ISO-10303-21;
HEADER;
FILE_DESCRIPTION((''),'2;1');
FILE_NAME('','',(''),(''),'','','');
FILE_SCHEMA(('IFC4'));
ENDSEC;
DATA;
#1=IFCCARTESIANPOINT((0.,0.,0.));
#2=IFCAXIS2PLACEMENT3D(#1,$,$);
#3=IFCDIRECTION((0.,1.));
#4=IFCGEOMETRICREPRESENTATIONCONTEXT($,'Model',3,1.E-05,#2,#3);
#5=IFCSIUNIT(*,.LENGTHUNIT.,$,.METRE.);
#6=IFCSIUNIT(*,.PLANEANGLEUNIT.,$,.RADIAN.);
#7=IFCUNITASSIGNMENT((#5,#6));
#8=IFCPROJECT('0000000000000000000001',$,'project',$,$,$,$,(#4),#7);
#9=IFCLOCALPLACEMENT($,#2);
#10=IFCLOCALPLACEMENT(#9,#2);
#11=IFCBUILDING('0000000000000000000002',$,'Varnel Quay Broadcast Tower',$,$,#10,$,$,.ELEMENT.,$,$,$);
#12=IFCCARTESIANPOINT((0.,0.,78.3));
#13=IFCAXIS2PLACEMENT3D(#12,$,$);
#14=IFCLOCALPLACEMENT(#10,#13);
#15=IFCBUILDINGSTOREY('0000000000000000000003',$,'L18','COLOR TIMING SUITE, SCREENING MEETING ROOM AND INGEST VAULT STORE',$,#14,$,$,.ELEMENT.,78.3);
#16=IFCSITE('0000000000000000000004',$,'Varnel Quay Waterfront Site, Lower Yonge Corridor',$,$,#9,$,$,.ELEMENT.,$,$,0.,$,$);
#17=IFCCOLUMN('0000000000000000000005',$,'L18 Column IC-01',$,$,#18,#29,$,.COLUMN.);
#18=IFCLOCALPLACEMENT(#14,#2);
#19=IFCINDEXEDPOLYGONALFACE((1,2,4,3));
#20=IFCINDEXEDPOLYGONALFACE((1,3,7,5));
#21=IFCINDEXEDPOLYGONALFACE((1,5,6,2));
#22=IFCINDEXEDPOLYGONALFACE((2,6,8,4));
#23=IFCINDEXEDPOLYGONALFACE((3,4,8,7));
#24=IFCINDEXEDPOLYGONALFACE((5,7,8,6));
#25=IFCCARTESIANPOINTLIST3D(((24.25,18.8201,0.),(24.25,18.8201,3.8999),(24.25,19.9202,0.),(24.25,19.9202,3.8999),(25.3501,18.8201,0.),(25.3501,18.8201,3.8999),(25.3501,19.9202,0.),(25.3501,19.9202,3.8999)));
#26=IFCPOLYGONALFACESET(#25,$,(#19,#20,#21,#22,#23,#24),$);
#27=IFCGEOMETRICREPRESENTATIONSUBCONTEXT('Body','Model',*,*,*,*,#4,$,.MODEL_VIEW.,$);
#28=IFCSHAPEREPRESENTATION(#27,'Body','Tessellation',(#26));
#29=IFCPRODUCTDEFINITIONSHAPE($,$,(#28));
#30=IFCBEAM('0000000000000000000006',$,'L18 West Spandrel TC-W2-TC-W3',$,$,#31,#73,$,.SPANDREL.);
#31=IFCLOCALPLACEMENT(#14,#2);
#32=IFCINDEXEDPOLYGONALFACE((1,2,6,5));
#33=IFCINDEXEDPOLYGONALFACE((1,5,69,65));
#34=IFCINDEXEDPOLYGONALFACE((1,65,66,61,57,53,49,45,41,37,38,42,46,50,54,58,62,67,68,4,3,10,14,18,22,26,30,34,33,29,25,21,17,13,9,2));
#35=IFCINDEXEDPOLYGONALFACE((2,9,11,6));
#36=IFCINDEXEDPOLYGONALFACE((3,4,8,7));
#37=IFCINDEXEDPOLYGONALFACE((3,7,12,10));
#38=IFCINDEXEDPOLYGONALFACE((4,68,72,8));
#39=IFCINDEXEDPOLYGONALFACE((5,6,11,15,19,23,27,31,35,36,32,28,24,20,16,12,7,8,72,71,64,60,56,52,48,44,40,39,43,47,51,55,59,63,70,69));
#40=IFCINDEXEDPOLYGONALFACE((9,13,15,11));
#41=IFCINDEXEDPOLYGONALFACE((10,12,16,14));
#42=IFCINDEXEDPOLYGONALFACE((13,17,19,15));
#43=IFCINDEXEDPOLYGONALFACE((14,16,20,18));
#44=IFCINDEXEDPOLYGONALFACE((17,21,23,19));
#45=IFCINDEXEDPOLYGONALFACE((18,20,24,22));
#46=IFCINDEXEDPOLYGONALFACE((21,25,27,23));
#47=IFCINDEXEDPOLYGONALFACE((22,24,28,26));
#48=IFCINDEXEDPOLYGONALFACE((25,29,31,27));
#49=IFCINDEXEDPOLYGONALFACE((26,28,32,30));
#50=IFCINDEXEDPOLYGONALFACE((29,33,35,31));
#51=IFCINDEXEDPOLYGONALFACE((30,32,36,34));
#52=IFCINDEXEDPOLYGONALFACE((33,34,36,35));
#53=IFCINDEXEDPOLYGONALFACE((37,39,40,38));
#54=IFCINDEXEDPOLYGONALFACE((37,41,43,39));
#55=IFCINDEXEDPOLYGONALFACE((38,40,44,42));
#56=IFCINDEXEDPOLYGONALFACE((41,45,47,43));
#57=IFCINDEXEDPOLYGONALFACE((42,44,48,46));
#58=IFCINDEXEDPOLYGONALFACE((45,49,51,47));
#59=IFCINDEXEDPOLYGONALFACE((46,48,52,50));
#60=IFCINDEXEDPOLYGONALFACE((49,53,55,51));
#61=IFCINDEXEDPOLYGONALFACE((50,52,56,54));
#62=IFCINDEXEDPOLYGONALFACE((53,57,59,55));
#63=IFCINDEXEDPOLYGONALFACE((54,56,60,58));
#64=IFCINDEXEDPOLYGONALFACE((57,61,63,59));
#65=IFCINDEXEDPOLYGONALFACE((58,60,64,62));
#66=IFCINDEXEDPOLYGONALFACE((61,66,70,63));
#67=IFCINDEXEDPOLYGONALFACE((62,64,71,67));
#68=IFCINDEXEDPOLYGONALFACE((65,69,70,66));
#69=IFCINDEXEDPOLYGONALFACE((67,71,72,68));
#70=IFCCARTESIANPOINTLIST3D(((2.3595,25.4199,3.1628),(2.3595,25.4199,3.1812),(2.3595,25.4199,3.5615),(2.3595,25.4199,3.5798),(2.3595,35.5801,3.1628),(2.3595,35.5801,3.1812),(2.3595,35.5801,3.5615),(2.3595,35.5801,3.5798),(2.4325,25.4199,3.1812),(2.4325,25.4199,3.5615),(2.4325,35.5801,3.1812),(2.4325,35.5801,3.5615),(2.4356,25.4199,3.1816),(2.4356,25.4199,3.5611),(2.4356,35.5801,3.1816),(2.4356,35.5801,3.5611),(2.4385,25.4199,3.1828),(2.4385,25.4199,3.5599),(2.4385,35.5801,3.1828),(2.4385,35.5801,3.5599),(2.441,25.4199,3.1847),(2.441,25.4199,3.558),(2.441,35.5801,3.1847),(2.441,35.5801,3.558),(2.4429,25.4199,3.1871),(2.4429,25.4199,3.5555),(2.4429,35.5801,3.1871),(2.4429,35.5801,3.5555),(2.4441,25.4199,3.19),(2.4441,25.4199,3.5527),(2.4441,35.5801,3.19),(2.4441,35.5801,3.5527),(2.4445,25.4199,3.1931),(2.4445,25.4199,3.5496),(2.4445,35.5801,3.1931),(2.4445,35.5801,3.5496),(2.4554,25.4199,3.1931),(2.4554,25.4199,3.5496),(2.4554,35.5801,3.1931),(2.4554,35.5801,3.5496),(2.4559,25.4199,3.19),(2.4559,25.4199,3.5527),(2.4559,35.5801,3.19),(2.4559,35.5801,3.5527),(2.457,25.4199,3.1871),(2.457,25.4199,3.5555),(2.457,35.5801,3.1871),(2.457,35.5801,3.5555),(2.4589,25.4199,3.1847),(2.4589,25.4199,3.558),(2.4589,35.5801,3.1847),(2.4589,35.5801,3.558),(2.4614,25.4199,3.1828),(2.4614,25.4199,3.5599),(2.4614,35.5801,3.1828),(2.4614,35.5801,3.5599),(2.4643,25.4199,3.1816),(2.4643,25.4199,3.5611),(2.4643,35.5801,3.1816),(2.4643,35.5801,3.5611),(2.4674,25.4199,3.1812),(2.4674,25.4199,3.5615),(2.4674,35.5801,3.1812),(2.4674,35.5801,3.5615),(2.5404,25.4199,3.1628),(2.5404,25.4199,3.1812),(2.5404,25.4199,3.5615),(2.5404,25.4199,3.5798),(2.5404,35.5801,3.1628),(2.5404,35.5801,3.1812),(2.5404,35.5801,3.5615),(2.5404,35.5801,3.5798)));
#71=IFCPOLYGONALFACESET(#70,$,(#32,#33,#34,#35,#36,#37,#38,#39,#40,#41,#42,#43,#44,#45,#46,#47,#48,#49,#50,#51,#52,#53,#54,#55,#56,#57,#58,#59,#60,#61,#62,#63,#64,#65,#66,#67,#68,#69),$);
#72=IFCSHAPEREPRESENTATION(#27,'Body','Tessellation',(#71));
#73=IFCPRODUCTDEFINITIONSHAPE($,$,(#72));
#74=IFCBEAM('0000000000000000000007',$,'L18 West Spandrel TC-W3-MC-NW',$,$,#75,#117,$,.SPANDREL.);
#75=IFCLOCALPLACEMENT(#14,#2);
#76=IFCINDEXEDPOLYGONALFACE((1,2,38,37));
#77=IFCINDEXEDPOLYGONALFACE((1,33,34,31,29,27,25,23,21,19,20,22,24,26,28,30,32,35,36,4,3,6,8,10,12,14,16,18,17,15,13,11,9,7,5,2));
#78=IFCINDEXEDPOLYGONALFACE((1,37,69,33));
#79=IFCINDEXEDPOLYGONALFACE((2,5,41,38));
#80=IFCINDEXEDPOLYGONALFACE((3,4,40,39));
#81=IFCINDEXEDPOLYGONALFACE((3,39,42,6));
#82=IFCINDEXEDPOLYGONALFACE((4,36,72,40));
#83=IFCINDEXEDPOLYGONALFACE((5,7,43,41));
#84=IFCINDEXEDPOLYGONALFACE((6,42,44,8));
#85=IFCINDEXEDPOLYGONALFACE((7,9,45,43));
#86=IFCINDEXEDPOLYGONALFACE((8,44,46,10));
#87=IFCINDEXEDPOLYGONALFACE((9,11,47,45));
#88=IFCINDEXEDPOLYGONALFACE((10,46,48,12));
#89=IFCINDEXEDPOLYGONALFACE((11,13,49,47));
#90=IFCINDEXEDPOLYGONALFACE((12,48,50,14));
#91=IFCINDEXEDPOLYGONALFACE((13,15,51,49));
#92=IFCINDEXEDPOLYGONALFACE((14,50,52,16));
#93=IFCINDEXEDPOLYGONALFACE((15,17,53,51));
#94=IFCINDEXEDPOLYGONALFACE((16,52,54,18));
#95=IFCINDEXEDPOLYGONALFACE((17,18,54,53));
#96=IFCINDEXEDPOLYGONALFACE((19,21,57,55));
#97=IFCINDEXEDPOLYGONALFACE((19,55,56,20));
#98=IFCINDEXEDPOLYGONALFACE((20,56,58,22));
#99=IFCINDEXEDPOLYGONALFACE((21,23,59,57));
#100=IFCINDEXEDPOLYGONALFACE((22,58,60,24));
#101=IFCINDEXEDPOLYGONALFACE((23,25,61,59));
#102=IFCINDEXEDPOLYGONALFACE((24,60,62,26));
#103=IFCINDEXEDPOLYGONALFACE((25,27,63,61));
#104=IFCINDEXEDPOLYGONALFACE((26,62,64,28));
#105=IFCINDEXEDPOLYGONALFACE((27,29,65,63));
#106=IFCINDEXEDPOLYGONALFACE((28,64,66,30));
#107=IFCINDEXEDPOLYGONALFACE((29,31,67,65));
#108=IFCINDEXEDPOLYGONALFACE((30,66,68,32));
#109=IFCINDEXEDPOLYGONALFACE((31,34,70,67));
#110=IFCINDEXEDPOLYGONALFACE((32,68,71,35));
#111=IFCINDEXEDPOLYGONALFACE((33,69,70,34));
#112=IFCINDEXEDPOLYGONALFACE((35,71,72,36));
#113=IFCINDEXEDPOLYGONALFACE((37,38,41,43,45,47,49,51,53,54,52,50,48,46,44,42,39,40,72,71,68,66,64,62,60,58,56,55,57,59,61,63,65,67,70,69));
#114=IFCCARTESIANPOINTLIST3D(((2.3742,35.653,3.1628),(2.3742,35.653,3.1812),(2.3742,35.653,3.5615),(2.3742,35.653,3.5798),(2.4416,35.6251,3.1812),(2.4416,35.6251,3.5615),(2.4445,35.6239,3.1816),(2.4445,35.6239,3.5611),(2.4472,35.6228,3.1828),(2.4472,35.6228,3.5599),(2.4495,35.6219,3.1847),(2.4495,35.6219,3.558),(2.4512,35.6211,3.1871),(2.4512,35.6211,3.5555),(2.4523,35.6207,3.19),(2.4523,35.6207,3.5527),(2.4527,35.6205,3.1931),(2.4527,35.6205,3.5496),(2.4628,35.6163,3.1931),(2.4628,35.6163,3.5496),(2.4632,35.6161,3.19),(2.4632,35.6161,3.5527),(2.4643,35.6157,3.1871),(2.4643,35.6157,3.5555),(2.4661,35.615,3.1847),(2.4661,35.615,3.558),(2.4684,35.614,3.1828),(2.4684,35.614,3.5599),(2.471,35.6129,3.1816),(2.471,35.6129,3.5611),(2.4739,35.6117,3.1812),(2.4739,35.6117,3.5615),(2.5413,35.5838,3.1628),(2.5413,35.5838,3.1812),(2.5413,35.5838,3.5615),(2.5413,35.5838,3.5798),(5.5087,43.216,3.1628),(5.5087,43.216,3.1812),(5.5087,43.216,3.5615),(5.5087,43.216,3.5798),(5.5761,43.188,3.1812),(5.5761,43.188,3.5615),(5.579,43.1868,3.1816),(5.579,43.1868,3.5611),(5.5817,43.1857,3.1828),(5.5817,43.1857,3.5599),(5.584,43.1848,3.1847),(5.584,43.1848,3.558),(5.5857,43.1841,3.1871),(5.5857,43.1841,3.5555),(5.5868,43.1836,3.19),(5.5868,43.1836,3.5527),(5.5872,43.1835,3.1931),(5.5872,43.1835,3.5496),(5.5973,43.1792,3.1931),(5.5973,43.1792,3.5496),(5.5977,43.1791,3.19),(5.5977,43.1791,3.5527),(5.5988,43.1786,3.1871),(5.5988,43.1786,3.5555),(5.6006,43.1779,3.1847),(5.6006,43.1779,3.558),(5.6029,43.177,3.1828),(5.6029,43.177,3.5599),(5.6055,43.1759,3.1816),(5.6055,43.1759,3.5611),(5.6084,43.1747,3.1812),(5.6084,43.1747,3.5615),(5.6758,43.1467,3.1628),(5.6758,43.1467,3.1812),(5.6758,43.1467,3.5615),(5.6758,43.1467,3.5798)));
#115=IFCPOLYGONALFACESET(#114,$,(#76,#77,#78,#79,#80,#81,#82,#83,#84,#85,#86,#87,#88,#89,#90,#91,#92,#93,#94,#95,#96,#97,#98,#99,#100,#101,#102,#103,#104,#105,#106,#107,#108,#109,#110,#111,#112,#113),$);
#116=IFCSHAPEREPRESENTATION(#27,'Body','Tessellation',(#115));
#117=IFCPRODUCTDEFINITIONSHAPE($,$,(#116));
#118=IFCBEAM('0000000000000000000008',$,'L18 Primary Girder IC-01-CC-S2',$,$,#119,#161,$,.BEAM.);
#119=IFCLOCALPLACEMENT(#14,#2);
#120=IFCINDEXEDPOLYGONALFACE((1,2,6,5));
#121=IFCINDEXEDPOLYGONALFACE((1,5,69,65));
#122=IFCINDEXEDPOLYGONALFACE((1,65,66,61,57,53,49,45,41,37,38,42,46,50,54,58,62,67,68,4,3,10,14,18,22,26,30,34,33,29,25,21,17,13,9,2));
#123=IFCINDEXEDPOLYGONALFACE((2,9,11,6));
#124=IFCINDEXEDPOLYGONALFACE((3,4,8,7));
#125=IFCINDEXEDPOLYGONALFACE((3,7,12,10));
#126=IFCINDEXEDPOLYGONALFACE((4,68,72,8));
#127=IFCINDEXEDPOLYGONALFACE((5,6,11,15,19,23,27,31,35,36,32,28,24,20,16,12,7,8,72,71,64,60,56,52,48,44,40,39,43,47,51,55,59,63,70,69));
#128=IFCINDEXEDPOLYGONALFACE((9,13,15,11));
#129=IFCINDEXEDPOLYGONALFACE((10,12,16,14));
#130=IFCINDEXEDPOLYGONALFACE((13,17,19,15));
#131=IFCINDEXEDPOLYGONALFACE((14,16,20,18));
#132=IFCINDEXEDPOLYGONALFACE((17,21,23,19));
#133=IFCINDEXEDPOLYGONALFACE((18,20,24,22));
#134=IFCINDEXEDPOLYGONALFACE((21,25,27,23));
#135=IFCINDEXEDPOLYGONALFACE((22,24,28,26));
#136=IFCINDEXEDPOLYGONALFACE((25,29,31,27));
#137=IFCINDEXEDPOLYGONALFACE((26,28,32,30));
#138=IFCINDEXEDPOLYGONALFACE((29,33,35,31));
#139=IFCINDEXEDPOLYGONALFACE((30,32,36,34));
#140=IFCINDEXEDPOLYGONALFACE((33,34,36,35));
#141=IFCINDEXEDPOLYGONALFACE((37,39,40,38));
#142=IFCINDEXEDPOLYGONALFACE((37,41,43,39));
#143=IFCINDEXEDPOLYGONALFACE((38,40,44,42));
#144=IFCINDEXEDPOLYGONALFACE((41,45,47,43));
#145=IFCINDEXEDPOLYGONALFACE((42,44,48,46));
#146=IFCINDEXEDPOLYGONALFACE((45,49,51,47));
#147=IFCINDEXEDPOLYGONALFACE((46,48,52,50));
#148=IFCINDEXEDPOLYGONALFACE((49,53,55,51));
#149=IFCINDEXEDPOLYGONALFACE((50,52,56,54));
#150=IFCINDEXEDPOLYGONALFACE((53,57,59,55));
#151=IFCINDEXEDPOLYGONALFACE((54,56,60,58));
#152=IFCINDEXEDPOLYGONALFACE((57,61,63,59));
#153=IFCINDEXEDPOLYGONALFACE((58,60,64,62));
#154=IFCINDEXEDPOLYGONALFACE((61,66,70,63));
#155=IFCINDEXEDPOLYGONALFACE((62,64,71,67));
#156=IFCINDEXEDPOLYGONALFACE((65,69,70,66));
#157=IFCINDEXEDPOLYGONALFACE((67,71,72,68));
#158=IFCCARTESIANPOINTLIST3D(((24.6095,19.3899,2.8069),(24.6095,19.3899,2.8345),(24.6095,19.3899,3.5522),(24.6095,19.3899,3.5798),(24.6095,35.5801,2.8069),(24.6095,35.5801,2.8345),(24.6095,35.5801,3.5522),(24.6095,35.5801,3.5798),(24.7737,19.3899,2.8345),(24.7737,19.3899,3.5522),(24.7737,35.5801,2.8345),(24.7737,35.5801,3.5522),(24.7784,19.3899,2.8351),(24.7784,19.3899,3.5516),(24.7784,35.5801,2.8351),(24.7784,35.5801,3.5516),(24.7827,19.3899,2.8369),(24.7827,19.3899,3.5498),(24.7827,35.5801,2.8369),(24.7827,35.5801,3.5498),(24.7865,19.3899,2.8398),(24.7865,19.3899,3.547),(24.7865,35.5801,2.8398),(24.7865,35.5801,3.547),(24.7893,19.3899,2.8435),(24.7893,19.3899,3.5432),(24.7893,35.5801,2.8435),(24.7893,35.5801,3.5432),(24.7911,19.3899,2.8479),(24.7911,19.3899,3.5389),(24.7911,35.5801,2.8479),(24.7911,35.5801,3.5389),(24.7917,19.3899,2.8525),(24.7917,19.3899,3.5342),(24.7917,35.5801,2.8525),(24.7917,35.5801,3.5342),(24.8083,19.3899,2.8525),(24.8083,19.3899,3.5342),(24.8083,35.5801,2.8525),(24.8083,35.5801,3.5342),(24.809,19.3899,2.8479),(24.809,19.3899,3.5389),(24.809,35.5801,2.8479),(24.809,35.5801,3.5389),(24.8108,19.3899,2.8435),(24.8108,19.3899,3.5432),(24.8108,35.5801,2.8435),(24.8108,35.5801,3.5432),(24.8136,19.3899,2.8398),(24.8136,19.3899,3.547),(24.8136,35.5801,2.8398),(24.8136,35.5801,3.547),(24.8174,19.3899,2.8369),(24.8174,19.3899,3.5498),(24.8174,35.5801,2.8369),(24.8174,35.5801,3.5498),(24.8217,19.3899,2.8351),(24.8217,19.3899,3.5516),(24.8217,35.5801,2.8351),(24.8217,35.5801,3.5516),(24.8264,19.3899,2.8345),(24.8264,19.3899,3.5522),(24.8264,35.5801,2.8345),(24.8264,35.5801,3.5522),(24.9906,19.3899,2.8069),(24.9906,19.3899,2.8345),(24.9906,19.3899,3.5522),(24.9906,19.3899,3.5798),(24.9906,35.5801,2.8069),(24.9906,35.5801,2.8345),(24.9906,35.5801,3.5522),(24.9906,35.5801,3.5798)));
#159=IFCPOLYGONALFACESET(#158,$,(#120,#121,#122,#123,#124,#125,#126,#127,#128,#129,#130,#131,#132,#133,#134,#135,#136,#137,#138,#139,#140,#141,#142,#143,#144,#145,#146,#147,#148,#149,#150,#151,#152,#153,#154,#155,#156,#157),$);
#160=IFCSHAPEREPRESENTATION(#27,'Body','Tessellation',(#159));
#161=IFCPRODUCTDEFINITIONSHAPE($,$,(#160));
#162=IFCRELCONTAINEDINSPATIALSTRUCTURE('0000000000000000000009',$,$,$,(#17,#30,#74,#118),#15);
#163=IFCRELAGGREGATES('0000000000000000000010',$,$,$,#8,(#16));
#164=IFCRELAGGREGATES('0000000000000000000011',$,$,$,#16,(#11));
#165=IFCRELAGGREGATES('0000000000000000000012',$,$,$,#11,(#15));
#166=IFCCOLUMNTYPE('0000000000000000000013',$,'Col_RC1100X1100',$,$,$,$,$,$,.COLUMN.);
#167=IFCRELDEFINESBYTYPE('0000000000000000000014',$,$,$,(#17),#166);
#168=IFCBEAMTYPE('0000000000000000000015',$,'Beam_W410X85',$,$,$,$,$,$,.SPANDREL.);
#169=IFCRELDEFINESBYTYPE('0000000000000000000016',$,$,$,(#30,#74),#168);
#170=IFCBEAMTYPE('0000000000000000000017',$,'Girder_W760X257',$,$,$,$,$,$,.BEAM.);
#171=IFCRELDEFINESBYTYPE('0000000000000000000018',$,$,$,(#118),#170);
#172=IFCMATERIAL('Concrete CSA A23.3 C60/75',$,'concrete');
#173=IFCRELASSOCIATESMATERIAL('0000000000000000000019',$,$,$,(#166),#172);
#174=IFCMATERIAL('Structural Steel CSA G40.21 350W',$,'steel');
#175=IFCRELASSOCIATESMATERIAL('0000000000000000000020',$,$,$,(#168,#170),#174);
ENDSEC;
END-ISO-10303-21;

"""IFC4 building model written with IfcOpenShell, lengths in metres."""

from ifc_helpers import new_model, si_unit, direction, frame, origin, origin_2d, place, context, subcontext, project, spatial, rectangle, i_section, extrude, source, transform, mapped, material, material_profile, profile_set, type_object, type_shapes, element, save


model = new_model("IFC4")

# Units and contexts
model_context = context("Model", 3, precision=1e-05, world=origin(), true_north=direction((0.0, 1.0)))
body_context = subcontext(model_context, "Body", "Model", "MODEL_VIEW")
ifc_project = project(units=[si_unit("LENGTHUNIT", "METRE"), si_unit("PLANEANGLEUNIT", "RADIAN")], contexts=[model_context])

# Site, building, storey
site_placement = place(None, origin())
site = spatial("IfcSite", under=ifc_project, at=site_placement, Name="Varnel Quay Waterfront Site, Lower Yonge Corridor", CompositionType="ELEMENT", RefElevation=0.0)
building_placement = place(site_placement, origin())
building = spatial("IfcBuilding", under=site, at=building_placement, Name="Varnel Quay Broadcast Tower", CompositionType="ELEMENT")
storey_placement = place(building_placement, frame((0.0, 0.0, 78.3)))
storey = spatial("IfcBuildingStorey", under=building, at=storey_placement, Name="L18", Description="COLOR TIMING SUITE, SCREENING MEETING ROOM AND INGEST VAULT STORE", CompositionType="ELEMENT", Elevation=78.3)

# Column
ifc_material_1 = material(Name="Structural Steel CSA G40.21 350W", Category="steel")
ifc_material_2 = material(Name="Concrete CSA A23.3 C60/75", Category="concrete")
ifc_material_profile_1 = material_profile(ifc_material_2, rectangle(XDim=1.1001, YDim=1.1001, at=origin_2d()), Name="RC1100X1100")
ifc_profile_set_1 = profile_set([ifc_material_profile_1], Name="Concrete CSA A23.3 C60/75")
column_type_1 = type_object("IfcColumnType", Name="Col_RC1100X1100", PredefinedType="COLUMN", material=ifc_profile_set_1)
shared_shape_1 = source(origin(), body_context, "Body", "SweptSolid", [
    extrude(rectangle(XDim=1.1001, YDim=1.1001, at=origin_2d()), origin(), (0.0, 0.0, 1.0), 3.8999),
])
type_shapes(column_type_1, [shared_shape_1])
column_placement = place(storey_placement, frame((24.8, 19.3701, 0.0), z_axis=(0.0, 0.0, 1.0), x_axis=(1.0, 0.0, 0.0)))
element("IfcColumn", 1, at=column_placement, inside=storey, type_object=column_type_1, Name="L18 Column IC-01", PredefinedType="COLUMN", context=body_context, shape_type="MappedRepresentation", body=[
    mapped(shared_shape_1, transform((0.0, 0.0, 0.0), x_axis=(1.0, 0.0, 0.0), y_axis=(0.0, 1.0, 0.0), z_axis=(0.0, 0.0, 1.0), scale=1.0)),
])

# Beams
ifc_material_profile_2 = material_profile(ifc_material_1, i_section(OverallWidth=0.1809, OverallDepth=0.417, WebThickness=0.011, FlangeThickness=0.0183, FilletRadius=0.012, at=origin_2d()), Name="W410X85")
ifc_profile_set_2 = profile_set([ifc_material_profile_2], Name="Structural Steel CSA G40.21 350W")
beam_type_1 = type_object("IfcBeamType", Name="Beam_W410X85", PredefinedType="SPANDREL", material=ifc_profile_set_2)
shared_shape_2 = source(origin(), body_context, "Body", "SweptSolid", [
    extrude(i_section(OverallWidth=0.1809, OverallDepth=0.417, WebThickness=0.011, FlangeThickness=0.0183, FilletRadius=0.012, at=origin_2d()), origin(), (0.0, 0.0, 1.0), 10.1602),
])
beam_1_placement = place(storey_placement, frame((2.45, 25.4199, 3.3713), z_axis=(0.0, 1.0, 0.0), x_axis=(-1.0, 0.0, 0.0)))
element("IfcBeam", 2, at=beam_1_placement, inside=storey, type_object=beam_type_1, Name="L18 West Spandrel TC-W2-TC-W3", PredefinedType="SPANDREL", context=body_context, shape_type="MappedRepresentation", body=[
    mapped(shared_shape_2, transform((0.0, 0.0, 0.0), x_axis=(1.0, 0.0, 0.0), y_axis=(0.0, 1.0, 0.0), z_axis=(0.0, 0.0, 1.0), scale=1.0)),
])
shared_shape_3 = source(origin(), body_context, "Body", "SweptSolid", [
    extrude(i_section(OverallWidth=0.1809, OverallDepth=0.417, WebThickness=0.011, FlangeThickness=0.0183, FilletRadius=0.012, at=origin_2d()), origin(), (0.0, 0.0, 1.0), 8.1868),
])
type_shapes(beam_type_1, [shared_shape_2, shared_shape_3])
beam_2_placement = place(storey_placement, frame((2.4578, 35.6184, 3.3713), z_axis=(0.382874, 0.923801, 0.0), x_axis=(-0.923801, 0.382874, 0.0)))
element("IfcBeam", 3, at=beam_2_placement, inside=storey, type_object=beam_type_1, Name="L18 West Spandrel TC-W3-MC-NW", PredefinedType="SPANDREL", context=body_context, shape_type="MappedRepresentation", body=[
    mapped(shared_shape_3, transform((0.0, 0.0, 0.0), x_axis=(1.0, 0.0, 0.0), y_axis=(0.0, 1.0, 0.0), z_axis=(0.0, 0.0, 1.0), scale=1.0)),
])
ifc_material_profile_3 = material_profile(ifc_material_1, i_section(OverallWidth=0.3811, OverallDepth=0.7729, WebThickness=0.0166, FlangeThickness=0.0276, FilletRadius=0.0181, at=origin_2d()), Name="W760X257")
ifc_profile_set_3 = profile_set([ifc_material_profile_3], Name="Structural Steel CSA G40.21 350W")
beam_type_2 = type_object("IfcBeamType", Name="Girder_W760X257", PredefinedType="BEAM", material=ifc_profile_set_3)
shared_shape_4 = source(origin(), body_context, "Body", "SweptSolid", [
    extrude(i_section(OverallWidth=0.3811, OverallDepth=0.7729, WebThickness=0.0166, FlangeThickness=0.0276, FilletRadius=0.0181, at=origin_2d()), origin(), (0.0, 0.0, 1.0), 16.1902),
])
beam_3_placement = place(storey_placement, frame((24.8, 19.3899, 3.1934), z_axis=(0.0, 1.0, 0.0), x_axis=(-1.0, 0.0, 0.0)))
element("IfcBeam", 4, at=beam_3_placement, inside=storey, type_object=beam_type_2, Name="L18 Primary Girder IC-01-CC-S2", PredefinedType="BEAM", context=body_context, shape_type="MappedRepresentation", body=[
    mapped(shared_shape_4, transform((0.0, 0.0, 0.0), x_axis=(1.0, 0.0, 0.0), y_axis=(0.0, 1.0, 0.0), z_axis=(0.0, 0.0, 1.0), scale=1.0)),
])

save(model, "model.ifc")
